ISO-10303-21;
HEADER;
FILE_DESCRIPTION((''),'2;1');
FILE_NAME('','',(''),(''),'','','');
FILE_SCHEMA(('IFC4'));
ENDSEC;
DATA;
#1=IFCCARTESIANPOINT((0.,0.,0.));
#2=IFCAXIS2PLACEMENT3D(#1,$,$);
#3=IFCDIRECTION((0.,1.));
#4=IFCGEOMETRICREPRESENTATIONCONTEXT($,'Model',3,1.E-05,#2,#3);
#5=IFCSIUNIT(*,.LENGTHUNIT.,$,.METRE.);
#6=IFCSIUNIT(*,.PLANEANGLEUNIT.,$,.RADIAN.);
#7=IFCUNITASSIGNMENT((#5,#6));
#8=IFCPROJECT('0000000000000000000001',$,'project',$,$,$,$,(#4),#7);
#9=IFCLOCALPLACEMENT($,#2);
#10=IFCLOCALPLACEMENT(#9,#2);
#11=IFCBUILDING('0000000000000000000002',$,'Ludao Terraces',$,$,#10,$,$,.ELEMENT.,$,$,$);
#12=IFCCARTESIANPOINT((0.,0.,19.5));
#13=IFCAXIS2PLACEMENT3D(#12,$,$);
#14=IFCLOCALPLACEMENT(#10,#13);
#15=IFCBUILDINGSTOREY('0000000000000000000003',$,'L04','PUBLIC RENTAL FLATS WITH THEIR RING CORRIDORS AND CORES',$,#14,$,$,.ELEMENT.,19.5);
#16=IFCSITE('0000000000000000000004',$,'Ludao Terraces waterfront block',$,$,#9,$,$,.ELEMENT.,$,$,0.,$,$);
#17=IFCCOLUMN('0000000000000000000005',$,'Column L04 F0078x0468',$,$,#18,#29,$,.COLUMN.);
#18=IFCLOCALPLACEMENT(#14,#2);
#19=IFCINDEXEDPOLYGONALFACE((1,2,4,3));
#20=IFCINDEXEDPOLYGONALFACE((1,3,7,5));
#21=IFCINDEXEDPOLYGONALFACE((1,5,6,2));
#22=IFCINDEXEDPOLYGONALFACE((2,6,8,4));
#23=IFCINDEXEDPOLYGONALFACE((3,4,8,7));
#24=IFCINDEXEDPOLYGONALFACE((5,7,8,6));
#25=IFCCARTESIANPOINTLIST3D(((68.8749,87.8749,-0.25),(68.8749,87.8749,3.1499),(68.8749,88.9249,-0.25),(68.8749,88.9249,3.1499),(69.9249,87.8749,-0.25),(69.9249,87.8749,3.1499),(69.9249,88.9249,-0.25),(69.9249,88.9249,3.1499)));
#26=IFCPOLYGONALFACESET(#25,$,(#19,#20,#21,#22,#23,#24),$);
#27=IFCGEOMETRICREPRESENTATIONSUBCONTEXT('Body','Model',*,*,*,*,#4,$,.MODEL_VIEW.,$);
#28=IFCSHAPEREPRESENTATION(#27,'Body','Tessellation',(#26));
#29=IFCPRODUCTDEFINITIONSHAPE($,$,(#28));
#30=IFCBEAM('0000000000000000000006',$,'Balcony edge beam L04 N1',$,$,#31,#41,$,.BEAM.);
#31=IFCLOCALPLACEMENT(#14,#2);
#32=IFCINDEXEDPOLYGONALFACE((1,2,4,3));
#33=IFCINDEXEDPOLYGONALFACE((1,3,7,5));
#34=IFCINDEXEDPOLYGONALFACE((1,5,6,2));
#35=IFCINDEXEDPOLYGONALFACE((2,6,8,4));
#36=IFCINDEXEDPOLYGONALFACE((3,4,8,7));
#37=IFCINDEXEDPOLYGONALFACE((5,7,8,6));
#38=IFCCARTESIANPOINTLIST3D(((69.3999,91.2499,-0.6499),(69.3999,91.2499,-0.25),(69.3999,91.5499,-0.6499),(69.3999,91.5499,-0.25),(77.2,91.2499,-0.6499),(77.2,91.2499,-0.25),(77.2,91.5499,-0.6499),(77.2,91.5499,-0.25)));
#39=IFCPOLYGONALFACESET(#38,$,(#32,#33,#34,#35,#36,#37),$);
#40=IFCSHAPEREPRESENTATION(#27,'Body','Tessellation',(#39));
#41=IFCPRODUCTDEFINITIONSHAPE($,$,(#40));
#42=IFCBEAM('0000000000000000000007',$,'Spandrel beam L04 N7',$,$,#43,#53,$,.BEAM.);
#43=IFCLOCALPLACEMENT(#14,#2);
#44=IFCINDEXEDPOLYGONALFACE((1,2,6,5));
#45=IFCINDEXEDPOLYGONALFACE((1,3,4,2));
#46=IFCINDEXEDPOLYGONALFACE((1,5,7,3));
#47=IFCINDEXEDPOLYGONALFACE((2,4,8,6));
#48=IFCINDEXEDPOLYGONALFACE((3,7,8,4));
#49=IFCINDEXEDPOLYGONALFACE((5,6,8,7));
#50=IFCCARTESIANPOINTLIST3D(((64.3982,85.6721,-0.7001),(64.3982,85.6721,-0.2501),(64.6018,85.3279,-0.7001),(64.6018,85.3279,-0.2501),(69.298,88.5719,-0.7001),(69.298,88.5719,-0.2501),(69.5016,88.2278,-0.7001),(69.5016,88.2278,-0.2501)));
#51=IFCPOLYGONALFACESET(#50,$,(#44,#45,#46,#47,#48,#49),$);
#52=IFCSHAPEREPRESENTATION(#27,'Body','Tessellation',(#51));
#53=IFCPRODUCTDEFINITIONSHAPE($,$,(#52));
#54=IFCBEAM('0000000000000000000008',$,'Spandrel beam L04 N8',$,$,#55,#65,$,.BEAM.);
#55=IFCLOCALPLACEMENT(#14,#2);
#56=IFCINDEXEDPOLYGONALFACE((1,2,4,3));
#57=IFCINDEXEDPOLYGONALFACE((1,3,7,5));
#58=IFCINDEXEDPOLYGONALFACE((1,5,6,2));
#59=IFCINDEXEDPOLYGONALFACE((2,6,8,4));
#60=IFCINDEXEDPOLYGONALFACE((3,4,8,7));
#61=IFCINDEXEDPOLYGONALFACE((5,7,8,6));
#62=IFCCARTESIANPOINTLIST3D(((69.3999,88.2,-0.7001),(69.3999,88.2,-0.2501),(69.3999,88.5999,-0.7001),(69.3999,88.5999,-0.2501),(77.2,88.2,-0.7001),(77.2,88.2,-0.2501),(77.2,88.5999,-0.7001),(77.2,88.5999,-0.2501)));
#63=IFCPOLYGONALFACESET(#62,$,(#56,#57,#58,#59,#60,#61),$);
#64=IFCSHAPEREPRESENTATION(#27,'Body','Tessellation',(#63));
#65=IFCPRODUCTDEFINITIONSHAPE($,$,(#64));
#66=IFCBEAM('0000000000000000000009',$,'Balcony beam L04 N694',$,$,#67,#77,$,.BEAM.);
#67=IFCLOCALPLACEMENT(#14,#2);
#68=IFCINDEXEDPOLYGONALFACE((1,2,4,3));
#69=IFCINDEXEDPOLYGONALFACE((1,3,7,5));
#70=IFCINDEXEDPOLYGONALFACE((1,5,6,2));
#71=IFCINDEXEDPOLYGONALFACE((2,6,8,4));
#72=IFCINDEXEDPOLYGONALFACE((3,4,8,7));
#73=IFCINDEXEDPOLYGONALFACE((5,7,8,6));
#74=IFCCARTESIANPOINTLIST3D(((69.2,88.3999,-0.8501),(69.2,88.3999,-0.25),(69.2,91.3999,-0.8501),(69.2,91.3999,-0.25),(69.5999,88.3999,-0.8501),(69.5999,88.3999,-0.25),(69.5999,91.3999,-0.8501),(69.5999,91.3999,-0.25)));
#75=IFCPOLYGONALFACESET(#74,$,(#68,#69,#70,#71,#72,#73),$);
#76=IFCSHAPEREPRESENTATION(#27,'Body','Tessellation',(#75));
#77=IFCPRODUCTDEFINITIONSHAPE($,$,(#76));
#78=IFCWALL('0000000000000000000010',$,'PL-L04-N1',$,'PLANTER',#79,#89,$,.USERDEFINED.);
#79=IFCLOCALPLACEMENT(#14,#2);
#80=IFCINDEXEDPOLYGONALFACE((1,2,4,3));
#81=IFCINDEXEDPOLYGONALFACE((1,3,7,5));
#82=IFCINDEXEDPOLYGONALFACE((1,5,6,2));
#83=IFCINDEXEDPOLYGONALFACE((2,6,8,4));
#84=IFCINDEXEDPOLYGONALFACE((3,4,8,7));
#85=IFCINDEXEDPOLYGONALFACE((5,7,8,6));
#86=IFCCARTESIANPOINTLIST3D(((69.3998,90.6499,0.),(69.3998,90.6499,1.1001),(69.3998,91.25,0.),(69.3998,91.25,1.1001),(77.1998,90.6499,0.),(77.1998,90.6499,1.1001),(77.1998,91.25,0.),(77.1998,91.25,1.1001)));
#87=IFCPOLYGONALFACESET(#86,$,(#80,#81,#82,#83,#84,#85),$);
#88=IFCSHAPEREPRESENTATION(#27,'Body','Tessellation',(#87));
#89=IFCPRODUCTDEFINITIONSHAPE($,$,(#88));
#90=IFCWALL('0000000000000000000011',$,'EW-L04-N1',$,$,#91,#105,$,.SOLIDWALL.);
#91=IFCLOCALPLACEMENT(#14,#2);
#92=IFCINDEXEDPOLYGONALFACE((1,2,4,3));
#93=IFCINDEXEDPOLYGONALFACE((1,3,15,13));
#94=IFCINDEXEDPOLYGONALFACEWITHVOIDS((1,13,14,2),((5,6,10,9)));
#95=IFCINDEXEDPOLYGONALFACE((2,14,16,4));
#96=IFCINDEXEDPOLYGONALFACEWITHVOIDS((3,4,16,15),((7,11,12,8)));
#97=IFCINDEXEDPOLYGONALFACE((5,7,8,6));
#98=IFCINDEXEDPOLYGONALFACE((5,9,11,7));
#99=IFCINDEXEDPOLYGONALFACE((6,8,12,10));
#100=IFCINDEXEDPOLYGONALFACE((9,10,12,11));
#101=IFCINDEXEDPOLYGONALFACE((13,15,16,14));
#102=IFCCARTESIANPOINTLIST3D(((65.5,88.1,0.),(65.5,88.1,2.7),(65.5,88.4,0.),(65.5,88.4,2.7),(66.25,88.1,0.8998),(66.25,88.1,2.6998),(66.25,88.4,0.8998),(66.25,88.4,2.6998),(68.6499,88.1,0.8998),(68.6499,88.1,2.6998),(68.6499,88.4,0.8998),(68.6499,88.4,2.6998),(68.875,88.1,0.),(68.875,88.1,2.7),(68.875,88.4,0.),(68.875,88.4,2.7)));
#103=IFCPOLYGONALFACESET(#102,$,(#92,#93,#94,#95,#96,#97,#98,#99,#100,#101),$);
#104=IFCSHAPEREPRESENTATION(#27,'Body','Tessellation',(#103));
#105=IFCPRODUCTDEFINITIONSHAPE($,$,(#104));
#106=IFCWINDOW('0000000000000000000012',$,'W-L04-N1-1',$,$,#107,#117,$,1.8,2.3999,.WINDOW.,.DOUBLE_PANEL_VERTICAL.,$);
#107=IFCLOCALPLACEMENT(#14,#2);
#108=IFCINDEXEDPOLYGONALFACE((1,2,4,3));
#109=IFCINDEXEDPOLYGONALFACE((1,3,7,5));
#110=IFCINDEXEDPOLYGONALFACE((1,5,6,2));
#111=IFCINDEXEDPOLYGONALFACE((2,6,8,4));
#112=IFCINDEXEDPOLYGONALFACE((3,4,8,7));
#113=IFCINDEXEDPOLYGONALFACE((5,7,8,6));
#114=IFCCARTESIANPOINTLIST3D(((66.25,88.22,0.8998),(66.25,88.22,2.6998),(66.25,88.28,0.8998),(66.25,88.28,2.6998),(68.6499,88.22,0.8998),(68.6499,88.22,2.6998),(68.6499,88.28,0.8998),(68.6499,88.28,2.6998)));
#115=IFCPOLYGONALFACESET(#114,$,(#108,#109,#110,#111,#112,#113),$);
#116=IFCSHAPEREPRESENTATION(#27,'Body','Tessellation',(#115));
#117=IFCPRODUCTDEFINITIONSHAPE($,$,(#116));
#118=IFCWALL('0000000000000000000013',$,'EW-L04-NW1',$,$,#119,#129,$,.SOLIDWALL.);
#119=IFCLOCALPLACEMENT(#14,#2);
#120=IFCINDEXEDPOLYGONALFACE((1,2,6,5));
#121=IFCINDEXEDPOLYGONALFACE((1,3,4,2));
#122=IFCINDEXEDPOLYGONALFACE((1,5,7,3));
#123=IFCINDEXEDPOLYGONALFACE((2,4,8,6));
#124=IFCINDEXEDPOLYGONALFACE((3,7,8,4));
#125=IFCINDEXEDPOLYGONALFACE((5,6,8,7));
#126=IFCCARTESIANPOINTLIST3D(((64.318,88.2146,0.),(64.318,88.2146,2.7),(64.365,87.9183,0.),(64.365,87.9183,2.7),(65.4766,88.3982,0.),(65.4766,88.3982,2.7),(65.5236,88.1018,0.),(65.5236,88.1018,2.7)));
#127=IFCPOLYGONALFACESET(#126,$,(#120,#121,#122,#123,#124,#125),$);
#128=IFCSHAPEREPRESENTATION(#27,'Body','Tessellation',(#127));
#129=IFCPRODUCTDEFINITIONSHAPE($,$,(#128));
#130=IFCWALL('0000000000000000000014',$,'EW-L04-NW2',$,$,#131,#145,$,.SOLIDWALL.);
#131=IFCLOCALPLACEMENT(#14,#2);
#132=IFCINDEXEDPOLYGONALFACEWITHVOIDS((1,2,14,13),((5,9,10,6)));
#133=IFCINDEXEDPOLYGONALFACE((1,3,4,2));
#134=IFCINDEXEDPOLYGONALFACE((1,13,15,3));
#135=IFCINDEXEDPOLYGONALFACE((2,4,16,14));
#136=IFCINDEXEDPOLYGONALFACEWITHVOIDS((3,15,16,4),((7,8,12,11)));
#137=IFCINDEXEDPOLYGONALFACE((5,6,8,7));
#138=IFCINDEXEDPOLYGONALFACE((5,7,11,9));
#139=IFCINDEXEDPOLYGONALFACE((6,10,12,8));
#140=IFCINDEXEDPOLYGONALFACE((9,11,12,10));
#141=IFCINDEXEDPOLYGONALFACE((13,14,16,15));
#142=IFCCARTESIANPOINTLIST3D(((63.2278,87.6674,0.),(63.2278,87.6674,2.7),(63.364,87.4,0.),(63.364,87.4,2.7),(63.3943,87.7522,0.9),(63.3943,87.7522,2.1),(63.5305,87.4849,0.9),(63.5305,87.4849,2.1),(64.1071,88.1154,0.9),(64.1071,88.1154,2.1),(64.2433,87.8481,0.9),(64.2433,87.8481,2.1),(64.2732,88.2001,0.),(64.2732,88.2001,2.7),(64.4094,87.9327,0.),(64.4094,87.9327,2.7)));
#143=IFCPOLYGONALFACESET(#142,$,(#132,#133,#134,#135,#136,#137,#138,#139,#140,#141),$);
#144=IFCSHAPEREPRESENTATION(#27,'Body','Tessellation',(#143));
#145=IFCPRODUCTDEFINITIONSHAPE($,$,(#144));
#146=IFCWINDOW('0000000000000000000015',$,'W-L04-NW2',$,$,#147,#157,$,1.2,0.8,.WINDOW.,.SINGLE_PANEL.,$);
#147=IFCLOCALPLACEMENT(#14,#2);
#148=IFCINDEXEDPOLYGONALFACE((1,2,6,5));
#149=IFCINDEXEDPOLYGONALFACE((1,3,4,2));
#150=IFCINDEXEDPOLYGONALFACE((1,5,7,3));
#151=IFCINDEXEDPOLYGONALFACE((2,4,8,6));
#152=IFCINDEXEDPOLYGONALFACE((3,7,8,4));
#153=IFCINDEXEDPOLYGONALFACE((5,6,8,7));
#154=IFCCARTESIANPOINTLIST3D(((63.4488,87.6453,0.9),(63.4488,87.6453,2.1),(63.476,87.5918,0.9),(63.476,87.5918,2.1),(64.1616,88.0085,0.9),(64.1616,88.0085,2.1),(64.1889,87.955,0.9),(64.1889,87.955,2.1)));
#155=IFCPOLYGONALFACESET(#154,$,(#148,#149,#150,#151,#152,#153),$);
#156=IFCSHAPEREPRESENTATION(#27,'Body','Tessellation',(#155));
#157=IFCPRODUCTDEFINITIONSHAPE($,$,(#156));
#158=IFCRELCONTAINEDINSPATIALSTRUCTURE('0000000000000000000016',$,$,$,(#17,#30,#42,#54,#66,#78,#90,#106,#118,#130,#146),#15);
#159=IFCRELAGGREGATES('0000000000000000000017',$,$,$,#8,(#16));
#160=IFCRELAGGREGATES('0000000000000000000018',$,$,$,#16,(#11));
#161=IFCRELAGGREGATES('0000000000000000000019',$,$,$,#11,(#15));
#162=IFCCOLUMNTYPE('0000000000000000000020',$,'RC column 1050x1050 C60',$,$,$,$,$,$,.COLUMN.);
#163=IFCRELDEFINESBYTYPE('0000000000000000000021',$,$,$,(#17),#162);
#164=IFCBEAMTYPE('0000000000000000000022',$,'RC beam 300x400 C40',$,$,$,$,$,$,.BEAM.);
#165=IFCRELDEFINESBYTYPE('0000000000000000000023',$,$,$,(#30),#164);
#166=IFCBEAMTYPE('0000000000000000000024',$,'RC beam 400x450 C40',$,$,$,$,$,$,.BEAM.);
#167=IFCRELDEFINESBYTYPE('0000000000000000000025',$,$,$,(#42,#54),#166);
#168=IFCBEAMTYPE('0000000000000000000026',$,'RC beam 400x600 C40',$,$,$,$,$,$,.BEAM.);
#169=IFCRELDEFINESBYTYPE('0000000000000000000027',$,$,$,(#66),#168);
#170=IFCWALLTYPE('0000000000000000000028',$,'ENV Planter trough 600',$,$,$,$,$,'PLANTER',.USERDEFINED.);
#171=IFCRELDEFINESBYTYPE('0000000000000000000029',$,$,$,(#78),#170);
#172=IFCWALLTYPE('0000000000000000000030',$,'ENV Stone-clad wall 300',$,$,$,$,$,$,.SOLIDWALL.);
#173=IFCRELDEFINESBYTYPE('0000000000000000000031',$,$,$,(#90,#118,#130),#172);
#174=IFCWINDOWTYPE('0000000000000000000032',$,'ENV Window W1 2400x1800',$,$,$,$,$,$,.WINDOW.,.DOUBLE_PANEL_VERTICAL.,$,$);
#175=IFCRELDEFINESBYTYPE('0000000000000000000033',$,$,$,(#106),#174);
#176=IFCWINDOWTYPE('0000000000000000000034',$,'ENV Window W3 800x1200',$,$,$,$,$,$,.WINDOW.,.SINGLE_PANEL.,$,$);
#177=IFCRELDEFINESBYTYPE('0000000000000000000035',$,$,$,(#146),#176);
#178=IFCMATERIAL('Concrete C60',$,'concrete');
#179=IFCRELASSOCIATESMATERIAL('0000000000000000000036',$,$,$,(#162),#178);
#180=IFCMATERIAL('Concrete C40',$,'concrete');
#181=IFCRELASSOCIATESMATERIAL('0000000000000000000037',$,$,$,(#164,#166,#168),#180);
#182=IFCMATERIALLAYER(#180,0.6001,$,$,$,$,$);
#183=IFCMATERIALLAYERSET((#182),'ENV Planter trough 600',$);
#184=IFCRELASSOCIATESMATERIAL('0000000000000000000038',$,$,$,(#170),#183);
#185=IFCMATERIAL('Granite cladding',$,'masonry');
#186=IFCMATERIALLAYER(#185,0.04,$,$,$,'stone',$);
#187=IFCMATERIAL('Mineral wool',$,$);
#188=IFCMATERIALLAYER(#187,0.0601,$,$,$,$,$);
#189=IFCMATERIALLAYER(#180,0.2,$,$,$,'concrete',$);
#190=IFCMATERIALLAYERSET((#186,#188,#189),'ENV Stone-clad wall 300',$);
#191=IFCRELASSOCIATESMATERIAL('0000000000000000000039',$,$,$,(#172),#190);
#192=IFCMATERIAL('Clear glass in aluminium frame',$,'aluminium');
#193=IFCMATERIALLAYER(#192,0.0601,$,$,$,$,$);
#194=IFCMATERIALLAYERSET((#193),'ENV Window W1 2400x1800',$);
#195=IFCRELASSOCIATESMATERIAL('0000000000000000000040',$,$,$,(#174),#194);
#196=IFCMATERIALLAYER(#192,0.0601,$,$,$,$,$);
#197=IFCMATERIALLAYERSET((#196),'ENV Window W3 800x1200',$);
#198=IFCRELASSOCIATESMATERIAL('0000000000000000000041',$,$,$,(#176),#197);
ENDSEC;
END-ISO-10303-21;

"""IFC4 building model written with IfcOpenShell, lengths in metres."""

from ifc_helpers import new_model, si_unit, direction, frame, frame_2d, origin, origin_2d, place, context, subcontext, project, spatial, rectangle, extrude, material, layer, layer_set, material_profile, profile_set, type_object, element, fill, save


model = new_model("IFC4")

# Units and contexts
model_context = context("Model", 3, precision=1e-05, world=origin(), true_north=direction((0.0, 1.0)))
body_context = subcontext(model_context, "Body", "Model", "MODEL_VIEW")
ifc_project = project(units=[si_unit("LENGTHUNIT", "METRE"), si_unit("PLANEANGLEUNIT", "RADIAN")], contexts=[model_context])

# Site, building, storey
site_placement = place(None, origin())
site = spatial("IfcSite", under=ifc_project, at=site_placement, Name="Ludao Terraces waterfront block", CompositionType="ELEMENT", RefElevation=0.0)
building_placement = place(site_placement, origin())
building = spatial("IfcBuilding", under=site, at=building_placement, Name="Ludao Terraces", CompositionType="ELEMENT")
storey_placement = place(building_placement, frame((0.0, 0.0, 19.5)))
storey = spatial("IfcBuildingStorey", under=building, at=storey_placement, Name="L04", Description="PUBLIC RENTAL FLATS WITH THEIR RING CORRIDORS AND CORES", CompositionType="ELEMENT", Elevation=19.5)

# Column
ifc_material_1 = material(Name="Concrete C60", Category="concrete")
ifc_material_profile_1 = material_profile(ifc_material_1, rectangle(XDim=1.05, YDim=1.05, at=origin_2d()), Name="1050 X 1050")
ifc_profile_set_1 = profile_set([ifc_material_profile_1], Name="Concrete C60")
column_type = type_object("IfcColumnType", Name="RC column 1050x1050 C60", PredefinedType="COLUMN", material=ifc_profile_set_1)
column_placement = place(storey_placement, frame((69.3999, 88.3999, -0.25), z_axis=(0.0, 0.0, 1.0), x_axis=(1.0, 0.0, 0.0)))
element("IfcColumn", 1, at=column_placement, inside=storey, type_object=column_type, Name="Column L04 F0078x0468", PredefinedType="COLUMN", context=body_context, shape_type="SweptSolid", body=[
    extrude(rectangle(XDim=1.05, YDim=1.05, at=origin_2d()), origin(), (0.0, 0.0, 1.0), 3.3999),
])

# Beams
ifc_material_2 = material(Name="Concrete C40", Category="concrete")
ifc_material_profile_2 = material_profile(ifc_material_2, rectangle(XDim=0.3, YDim=0.3999, at=origin_2d()), Name="300 X 400")
ifc_profile_set_2 = profile_set([ifc_material_profile_2], Name="Concrete C40")
beam_type_1 = type_object("IfcBeamType", Name="RC beam 300x400 C40", PredefinedType="BEAM", material=ifc_profile_set_2)
beam_1_placement = place(storey_placement, frame((69.3999, 91.3999, -0.45), z_axis=(1.0, 0.0, 0.0), x_axis=(0.0, 1.0, 0.0)))
element("IfcBeam", 2, at=beam_1_placement, inside=storey, type_object=beam_type_1, Name="Balcony edge beam L04 N1", PredefinedType="BEAM", context=body_context, shape_type="SweptSolid", body=[
    extrude(rectangle(XDim=0.3, YDim=0.3999, at=origin_2d()), origin(), (0.0, 0.0, 1.0), 7.8),
])
ifc_material_profile_3 = material_profile(ifc_material_2, rectangle(XDim=0.3999, YDim=0.45, at=origin_2d()), Name="400 X 450")
ifc_profile_set_3 = profile_set([ifc_material_profile_3], Name="Concrete C40")
beam_type_2 = type_object("IfcBeamType", Name="RC beam 400x450 C40", PredefinedType="BEAM", material=ifc_profile_set_3)
beam_2_placement = place(storey_placement, frame((64.5, 85.5, -0.4751), z_axis=(0.86058, 0.509316, 0.0), x_axis=(-0.509316, 0.86058, 0.0)))
element("IfcBeam", 3, at=beam_2_placement, inside=storey, type_object=beam_type_2, Name="Spandrel beam L04 N7", PredefinedType="BEAM", context=body_context, shape_type="SweptSolid", body=[
    extrude(rectangle(XDim=0.3999, YDim=0.45, at=origin_2d()), origin(), (0.0, 0.0, 1.0), 5.6936),
])
beam_3_placement = place(storey_placement, frame((69.3999, 88.3999, -0.4751), z_axis=(1.0, 0.0, 0.0), x_axis=(0.0, 1.0, 0.0)))
element("IfcBeam", 4, at=beam_3_placement, inside=storey, type_object=beam_type_2, Name="Spandrel beam L04 N8", PredefinedType="BEAM", context=body_context, shape_type="SweptSolid", body=[
    extrude(rectangle(XDim=0.3999, YDim=0.45, at=origin_2d()), origin(), (0.0, 0.0, 1.0), 7.8),
])
ifc_material_profile_4 = material_profile(ifc_material_2, rectangle(XDim=0.3999, YDim=0.6001, at=origin_2d()), Name="400 X 600")
ifc_profile_set_4 = profile_set([ifc_material_profile_4], Name="Concrete C40")
beam_type_3 = type_object("IfcBeamType", Name="RC beam 400x600 C40", PredefinedType="BEAM", material=ifc_profile_set_4)
beam_4_placement = place(storey_placement, frame((69.3999, 88.3999, -0.55), z_axis=(0.0, 1.0, 0.0), x_axis=(-1.0, 0.0, 0.0)))
element("IfcBeam", 5, at=beam_4_placement, inside=storey, type_object=beam_type_3, Name="Balcony beam L04 N694", PredefinedType="BEAM", context=body_context, shape_type="SweptSolid", body=[
    extrude(rectangle(XDim=0.3999, YDim=0.6001, at=origin_2d()), origin(), (0.0, 0.0, 1.0), 3.0),
])

# Wall
ifc_layer_1 = layer(ifc_material_2, 0.6001)
ifc_layer_set_1 = layer_set([ifc_layer_1], Name="ENV Planter trough 600")
wall_type_1 = type_object("IfcWallType", Name="ENV Planter trough 600", ElementType="PLANTER", PredefinedType="USERDEFINED", material=ifc_layer_set_1)
wall_1_placement = place(storey_placement, frame((69.3999, 90.95, 0.0), z_axis=(0.0, 0.0, 1.0), x_axis=(1.0, 0.0, 0.0)))
element("IfcWall", 6, at=wall_1_placement, inside=storey, type_object=wall_type_1, Name="PL-L04-N1", ObjectType="PLANTER", PredefinedType="USERDEFINED", context=body_context, shape_type="SweptSolid", body=[
    extrude(rectangle(XDim=7.8, YDim=0.6001, at=frame_2d((3.8999, 0.0))), origin(), (0.0, 0.0, 1.0), 1.1001),
])

# Wall, opening, window
ifc_material_3 = material(Name="Granite cladding", Category="masonry")
ifc_layer_2 = layer(ifc_material_3, 0.04, Category="stone")
ifc_material_4 = material(Name="Mineral wool")
ifc_layer_3 = layer(ifc_material_4, 0.0601)
ifc_layer_4 = layer(ifc_material_2, 0.2, Category="concrete")
ifc_layer_set_2 = layer_set([ifc_layer_2, ifc_layer_3, ifc_layer_4], Name="ENV Stone-clad wall 300")
wall_type_2 = type_object("IfcWallType", Name="ENV Stone-clad wall 300", PredefinedType="SOLIDWALL", material=ifc_layer_set_2)
wall_2_placement = place(storey_placement, frame((65.5, 88.25, 0.0), z_axis=(0.0, 0.0, 1.0), x_axis=(1.0, 0.0, 0.0)))
wall_2 = element("IfcWall", 7, at=wall_2_placement, inside=storey, type_object=wall_type_2, Name="EW-L04-N1", PredefinedType="SOLIDWALL", context=body_context, shape_type="SweptSolid", body=[
    extrude(rectangle(XDim=3.375, YDim=0.3, at=frame_2d((1.6875, 0.0))), origin(), (0.0, 0.0, 1.0), 2.7),
])
opening_1_placement = place(wall_2_placement, frame((0.75, 0.0, 0.8999)))
opening_1 = element("IfcOpeningElement", 8, at=opening_1_placement, cuts=wall_2, PredefinedType="OPENING", context=body_context, shape_type="SweptSolid", body=[
    extrude(rectangle(XDim=2.3999, YDim=1.8, at=frame_2d((1.2, 0.8999))), frame((0.0, 0.1602, 0.0), z_axis=(0.0, -1.0, 0.0), x_axis=(1.0, 0.0, 0.0)), (0.0, 0.0, 1.0), 0.3201),
])
ifc_material_5 = material(Name="Clear glass in aluminium frame", Category="aluminium")
ifc_layer_5 = layer(ifc_material_5, 0.0601)
ifc_layer_set_3 = layer_set([ifc_layer_5], Name="ENV Window W1 2400x1800")
window_type_1 = type_object("IfcWindowType", Name="ENV Window W1 2400x1800", PartitioningType="DOUBLE_PANEL_VERTICAL", PredefinedType="WINDOW", material=ifc_layer_set_3)
window_1_placement = place(opening_1_placement, origin())
window_1 = element("IfcWindow", 9, at=window_1_placement, inside=storey, type_object=window_type_1, Name="W-L04-N1-1", OverallHeight=1.8, OverallWidth=2.3999, PartitioningType="DOUBLE_PANEL_VERTICAL", PredefinedType="WINDOW", context=body_context, shape_type="SweptSolid", body=[
    extrude(rectangle(XDim=2.3999, YDim=1.8, at=frame_2d((1.2, 0.8999))), frame((0.0, 0.03, 0.0), z_axis=(0.0, -1.0, 0.0), x_axis=(1.0, 0.0, 0.0)), (0.0, 0.0, 1.0), 0.0601),
])
fill(opening_1, window_1)

# Wall
wall_3_placement = place(storey_placement, frame((65.5, 88.25, 0.0), z_axis=(0.0, 0.0, 1.0), x_axis=(-0.987678, -0.156497, 0.0)))
element("IfcWall", 10, at=wall_3_placement, inside=storey, type_object=wall_type_2, Name="EW-L04-NW1", PredefinedType="SOLIDWALL", context=body_context, shape_type="SweptSolid", body=[
    extrude(rectangle(XDim=1.1731, YDim=0.3, at=frame_2d((0.5864, 0.0))), origin(), (0.0, 0.0, 1.0), 2.7),
])

# Wall, opening, window
wall_4_placement = place(storey_placement, frame((64.3413, 88.0664, 0.0), z_axis=(0.0, 0.0, 1.0), x_axis=(-0.890989, -0.454026, 0.0)))
wall_4 = element("IfcWall", 11, at=wall_4_placement, inside=storey, type_object=wall_type_2, Name="EW-L04-NW2", PredefinedType="SOLIDWALL", context=body_context, shape_type="SweptSolid", body=[
    extrude(rectangle(XDim=1.1733, YDim=0.3, at=frame_2d((0.5867, 0.0))), origin(), (0.0, 0.0, 1.0), 2.7),
])
opening_2_placement = place(wall_4_placement, frame((0.1865, 0.0, 0.8999)))
opening_2 = element("IfcOpeningElement", 12, at=opening_2_placement, cuts=wall_4, PredefinedType="OPENING", context=body_context, shape_type="SweptSolid", body=[
    extrude(rectangle(XDim=0.8, YDim=1.2, at=frame_2d((0.3999, 0.6001))), frame((0.0, 0.1602, 0.0), z_axis=(0.0, -1.0, 0.0), x_axis=(1.0, 0.0, 0.0)), (0.0, 0.0, 1.0), 0.3201),
])
ifc_layer_6 = layer(ifc_material_5, 0.0601)
ifc_layer_set_4 = layer_set([ifc_layer_6], Name="ENV Window W3 800x1200")
window_type_2 = type_object("IfcWindowType", Name="ENV Window W3 800x1200", PartitioningType="SINGLE_PANEL", PredefinedType="WINDOW", material=ifc_layer_set_4)
window_2_placement = place(opening_2_placement, origin())
window_2 = element("IfcWindow", 13, at=window_2_placement, inside=storey, type_object=window_type_2, Name="W-L04-NW2", OverallHeight=1.2, OverallWidth=0.8, PartitioningType="SINGLE_PANEL", PredefinedType="WINDOW", context=body_context, shape_type="SweptSolid", body=[
    extrude(rectangle(XDim=0.8, YDim=1.2, at=frame_2d((0.3999, 0.6001))), frame((0.0, 0.03, 0.0), z_axis=(0.0, -1.0, 0.0), x_axis=(1.0, 0.0, 0.0)), (0.0, 0.0, 1.0), 0.0601),
])
fill(opening_2, window_2)

save(model, "model.ifc")
